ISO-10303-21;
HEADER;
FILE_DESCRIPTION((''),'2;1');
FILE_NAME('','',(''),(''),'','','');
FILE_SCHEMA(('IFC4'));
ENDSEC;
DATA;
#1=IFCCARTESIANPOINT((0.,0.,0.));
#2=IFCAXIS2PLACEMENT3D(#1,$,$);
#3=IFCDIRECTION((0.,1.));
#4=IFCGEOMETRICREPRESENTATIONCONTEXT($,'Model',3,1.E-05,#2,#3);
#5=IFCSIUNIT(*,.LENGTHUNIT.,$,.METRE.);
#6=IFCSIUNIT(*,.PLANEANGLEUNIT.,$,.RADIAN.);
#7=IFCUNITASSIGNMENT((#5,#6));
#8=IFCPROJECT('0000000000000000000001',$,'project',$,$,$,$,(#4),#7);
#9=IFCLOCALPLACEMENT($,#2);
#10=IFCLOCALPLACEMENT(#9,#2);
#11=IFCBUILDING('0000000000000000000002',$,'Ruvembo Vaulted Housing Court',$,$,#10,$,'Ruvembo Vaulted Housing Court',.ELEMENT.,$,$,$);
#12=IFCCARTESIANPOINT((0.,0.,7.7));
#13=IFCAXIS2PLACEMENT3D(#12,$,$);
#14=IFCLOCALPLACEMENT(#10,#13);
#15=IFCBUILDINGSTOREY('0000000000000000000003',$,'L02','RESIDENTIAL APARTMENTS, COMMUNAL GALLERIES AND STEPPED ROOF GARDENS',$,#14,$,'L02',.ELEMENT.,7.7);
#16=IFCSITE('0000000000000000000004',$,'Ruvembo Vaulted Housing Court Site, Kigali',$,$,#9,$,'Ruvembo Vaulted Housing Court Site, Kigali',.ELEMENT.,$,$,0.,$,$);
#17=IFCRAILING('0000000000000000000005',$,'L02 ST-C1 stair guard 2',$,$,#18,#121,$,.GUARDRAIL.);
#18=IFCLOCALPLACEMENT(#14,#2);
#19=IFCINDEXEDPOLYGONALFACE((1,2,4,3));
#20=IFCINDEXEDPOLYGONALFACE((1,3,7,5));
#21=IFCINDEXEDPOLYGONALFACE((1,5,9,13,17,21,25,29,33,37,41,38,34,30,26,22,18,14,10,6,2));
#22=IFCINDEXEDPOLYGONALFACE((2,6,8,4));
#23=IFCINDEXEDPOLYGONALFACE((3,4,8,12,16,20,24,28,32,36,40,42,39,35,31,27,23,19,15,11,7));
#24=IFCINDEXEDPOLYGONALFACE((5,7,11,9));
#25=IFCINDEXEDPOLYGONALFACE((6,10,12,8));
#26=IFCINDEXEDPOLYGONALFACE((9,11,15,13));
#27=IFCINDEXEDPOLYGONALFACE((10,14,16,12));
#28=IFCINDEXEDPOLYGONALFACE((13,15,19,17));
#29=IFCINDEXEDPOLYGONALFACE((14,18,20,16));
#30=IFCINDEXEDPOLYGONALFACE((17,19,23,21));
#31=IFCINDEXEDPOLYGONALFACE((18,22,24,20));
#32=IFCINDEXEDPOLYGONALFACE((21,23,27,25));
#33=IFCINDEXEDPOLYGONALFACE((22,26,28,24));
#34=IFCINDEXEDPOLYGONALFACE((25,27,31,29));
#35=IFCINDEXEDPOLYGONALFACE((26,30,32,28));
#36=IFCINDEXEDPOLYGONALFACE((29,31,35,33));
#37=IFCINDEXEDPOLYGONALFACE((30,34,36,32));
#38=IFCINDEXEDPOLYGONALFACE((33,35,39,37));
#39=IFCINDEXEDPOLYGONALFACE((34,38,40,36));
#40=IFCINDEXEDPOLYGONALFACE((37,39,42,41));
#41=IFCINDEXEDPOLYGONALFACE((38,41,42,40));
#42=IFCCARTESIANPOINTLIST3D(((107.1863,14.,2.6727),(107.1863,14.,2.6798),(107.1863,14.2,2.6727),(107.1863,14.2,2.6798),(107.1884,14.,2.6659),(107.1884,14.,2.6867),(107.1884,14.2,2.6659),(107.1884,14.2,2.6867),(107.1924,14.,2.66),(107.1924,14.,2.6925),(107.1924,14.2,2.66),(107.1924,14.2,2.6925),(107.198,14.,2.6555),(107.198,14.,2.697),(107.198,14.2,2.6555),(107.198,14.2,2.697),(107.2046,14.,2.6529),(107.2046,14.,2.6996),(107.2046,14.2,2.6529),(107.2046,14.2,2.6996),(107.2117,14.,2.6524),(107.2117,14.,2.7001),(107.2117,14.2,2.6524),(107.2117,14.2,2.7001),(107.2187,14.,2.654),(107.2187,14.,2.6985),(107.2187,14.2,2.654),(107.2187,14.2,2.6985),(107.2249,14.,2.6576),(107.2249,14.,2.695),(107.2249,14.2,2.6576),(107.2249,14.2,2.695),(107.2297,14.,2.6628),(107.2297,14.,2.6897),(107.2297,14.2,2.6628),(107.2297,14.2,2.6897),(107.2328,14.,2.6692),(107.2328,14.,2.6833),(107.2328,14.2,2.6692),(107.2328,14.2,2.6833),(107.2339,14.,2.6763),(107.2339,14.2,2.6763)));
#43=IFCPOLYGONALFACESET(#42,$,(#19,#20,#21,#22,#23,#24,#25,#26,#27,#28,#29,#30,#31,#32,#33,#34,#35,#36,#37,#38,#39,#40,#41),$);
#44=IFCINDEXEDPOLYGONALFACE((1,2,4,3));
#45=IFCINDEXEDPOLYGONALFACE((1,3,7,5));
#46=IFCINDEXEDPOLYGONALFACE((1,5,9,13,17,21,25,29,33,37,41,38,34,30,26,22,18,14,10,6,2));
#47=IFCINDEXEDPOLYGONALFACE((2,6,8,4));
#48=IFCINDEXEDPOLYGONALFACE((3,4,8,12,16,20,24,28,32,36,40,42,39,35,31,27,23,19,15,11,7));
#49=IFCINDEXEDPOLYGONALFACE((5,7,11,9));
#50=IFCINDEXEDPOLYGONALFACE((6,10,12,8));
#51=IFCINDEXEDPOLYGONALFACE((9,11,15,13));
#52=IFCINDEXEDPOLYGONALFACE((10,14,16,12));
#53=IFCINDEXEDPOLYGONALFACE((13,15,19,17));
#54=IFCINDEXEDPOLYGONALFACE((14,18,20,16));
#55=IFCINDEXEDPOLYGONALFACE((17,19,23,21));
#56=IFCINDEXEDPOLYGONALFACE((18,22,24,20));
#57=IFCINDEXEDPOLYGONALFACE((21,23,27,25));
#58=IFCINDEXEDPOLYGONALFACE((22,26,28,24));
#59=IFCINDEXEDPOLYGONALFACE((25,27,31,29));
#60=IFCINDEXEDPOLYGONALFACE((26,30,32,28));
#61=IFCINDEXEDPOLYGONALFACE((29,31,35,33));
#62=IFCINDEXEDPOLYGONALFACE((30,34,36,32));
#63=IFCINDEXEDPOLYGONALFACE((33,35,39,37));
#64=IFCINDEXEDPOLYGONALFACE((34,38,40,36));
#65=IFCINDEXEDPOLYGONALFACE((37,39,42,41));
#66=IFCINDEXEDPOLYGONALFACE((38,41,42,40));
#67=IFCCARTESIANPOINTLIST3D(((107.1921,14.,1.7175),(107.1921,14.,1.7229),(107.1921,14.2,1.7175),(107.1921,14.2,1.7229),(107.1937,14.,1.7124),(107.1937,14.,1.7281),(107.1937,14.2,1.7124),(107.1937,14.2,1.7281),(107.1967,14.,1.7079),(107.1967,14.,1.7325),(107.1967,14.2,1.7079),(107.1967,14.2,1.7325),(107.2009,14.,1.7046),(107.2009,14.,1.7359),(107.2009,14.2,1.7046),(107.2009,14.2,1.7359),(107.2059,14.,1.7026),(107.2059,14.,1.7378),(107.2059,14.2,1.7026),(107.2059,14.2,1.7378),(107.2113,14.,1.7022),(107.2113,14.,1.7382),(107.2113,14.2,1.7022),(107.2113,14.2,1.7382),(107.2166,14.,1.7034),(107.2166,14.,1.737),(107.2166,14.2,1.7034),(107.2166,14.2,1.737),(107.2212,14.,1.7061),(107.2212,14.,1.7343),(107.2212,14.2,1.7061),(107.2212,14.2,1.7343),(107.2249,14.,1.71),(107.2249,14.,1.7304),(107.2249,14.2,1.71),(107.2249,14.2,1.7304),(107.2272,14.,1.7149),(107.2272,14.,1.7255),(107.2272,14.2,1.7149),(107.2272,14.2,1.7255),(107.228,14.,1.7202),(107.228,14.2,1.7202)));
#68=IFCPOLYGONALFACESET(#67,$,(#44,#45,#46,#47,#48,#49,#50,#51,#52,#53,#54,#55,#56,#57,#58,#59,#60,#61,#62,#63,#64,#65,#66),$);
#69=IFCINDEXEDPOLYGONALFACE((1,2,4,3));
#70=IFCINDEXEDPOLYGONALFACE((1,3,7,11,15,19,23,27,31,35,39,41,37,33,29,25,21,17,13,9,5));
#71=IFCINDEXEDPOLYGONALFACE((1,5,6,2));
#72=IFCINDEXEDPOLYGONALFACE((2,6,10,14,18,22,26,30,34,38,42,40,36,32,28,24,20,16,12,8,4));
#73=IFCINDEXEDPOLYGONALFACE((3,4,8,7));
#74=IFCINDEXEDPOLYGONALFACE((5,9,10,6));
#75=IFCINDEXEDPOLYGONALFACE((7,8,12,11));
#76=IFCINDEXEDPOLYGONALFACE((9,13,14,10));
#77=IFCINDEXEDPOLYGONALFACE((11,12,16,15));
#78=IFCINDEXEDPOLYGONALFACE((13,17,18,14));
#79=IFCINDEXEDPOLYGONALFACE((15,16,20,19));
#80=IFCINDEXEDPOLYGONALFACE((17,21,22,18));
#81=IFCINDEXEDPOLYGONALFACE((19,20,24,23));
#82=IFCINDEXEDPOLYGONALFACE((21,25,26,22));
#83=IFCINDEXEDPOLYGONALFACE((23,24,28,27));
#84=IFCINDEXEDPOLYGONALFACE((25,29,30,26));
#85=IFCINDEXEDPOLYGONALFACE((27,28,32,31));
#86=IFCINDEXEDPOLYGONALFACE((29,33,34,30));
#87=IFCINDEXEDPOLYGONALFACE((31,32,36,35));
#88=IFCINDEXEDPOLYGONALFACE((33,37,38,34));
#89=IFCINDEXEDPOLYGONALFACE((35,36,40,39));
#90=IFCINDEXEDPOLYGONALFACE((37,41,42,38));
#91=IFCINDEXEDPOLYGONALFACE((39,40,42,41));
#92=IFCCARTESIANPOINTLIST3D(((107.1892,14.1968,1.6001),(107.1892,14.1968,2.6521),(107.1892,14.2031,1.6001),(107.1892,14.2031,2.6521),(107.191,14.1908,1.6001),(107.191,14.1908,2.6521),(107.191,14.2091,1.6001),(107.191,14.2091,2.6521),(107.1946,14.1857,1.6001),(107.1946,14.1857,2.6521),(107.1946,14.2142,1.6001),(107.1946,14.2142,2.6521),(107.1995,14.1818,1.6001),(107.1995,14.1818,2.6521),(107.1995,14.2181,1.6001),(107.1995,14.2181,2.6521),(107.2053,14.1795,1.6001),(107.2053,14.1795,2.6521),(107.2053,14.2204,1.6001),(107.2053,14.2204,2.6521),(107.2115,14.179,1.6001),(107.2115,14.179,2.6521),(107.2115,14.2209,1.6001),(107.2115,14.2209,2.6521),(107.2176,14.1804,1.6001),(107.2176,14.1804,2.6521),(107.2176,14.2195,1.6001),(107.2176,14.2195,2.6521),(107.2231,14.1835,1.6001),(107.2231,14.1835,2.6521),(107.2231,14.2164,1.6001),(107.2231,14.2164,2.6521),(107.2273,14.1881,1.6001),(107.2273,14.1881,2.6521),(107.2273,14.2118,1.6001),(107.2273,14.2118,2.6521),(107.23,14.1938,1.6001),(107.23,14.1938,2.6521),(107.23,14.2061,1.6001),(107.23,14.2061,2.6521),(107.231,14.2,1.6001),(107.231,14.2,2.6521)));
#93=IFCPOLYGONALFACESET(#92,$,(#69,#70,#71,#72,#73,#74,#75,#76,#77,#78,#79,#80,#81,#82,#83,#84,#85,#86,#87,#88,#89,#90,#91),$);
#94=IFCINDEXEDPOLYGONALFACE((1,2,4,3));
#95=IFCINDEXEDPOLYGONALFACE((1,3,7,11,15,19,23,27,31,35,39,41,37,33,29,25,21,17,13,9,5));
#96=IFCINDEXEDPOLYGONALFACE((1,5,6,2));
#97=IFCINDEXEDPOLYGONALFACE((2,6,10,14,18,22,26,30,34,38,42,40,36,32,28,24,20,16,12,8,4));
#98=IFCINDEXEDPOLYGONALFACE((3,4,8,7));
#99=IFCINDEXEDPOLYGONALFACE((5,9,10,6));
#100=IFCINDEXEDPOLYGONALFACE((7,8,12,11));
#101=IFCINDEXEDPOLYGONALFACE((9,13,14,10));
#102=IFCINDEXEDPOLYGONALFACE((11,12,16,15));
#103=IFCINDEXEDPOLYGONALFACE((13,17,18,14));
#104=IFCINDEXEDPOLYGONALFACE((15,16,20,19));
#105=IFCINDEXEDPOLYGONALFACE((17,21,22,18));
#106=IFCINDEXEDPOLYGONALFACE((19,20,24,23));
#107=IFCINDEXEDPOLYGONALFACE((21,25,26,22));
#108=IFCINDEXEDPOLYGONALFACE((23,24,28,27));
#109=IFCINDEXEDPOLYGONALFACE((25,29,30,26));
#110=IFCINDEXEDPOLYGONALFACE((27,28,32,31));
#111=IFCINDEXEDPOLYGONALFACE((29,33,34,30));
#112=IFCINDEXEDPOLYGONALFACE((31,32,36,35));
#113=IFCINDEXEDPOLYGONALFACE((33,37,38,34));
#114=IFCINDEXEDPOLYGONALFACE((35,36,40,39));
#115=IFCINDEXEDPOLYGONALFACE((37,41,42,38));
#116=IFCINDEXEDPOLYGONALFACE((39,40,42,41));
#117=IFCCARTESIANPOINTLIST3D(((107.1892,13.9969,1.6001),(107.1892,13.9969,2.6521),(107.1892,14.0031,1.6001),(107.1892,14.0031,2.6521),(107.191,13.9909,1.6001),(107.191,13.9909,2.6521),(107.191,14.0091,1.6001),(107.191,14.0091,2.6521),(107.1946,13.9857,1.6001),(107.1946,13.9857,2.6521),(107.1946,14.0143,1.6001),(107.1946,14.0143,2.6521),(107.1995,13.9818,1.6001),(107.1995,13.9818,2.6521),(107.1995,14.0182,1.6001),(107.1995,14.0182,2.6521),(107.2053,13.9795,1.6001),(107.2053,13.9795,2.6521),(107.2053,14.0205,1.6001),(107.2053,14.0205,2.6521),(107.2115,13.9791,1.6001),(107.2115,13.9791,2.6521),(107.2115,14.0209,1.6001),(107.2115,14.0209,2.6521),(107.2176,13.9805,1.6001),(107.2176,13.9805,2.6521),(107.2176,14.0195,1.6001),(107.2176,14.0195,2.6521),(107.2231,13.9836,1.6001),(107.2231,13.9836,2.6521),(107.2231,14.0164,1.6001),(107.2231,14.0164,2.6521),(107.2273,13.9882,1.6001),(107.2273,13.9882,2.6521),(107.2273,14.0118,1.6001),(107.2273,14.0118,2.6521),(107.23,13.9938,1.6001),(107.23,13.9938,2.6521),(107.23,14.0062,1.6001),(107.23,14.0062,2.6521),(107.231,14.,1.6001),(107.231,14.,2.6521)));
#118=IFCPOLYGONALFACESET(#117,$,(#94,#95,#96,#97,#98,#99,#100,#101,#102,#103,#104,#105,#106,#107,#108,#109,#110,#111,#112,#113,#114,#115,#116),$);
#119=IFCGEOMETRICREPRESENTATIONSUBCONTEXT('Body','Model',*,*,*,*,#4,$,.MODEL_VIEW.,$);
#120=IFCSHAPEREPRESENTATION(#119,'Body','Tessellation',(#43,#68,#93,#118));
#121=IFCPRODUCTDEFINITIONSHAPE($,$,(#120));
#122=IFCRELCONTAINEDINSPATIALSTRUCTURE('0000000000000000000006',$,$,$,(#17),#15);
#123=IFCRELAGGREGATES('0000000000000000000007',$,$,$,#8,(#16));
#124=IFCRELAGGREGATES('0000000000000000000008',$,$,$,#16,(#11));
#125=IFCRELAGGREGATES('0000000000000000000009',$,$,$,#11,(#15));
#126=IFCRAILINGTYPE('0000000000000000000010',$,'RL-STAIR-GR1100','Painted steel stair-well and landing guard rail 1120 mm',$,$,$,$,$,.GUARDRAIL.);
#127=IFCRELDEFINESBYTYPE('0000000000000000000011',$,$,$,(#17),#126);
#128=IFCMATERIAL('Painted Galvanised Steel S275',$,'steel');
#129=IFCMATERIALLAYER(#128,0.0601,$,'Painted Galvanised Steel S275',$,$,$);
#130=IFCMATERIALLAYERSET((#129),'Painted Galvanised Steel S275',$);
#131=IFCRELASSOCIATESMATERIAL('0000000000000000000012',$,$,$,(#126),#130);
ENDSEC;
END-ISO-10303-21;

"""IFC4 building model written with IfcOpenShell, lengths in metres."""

from ifc_helpers import new_model, si_unit, direction, frame, origin, origin_2d, place, context, subcontext, project, spatial, circle, extrude, material, layer, layer_set, type_object, element, save


model = new_model("IFC4")

# Units and contexts
model_context = context("Model", 3, precision=1e-05, world=origin(), true_north=direction((0.0, 1.0)))
body_context = subcontext(model_context, "Body", "Model", "MODEL_VIEW")
ifc_project = project(units=[si_unit("LENGTHUNIT", "METRE"), si_unit("PLANEANGLEUNIT", "RADIAN")], contexts=[model_context])

# Site, building, storey
site_placement = place(None, origin())
site = spatial("IfcSite", under=ifc_project, at=site_placement, Name="Ruvembo Vaulted Housing Court Site, Kigali", LongName="Ruvembo Vaulted Housing Court Site, Kigali", CompositionType="ELEMENT", RefElevation=0.0)
building_placement = place(site_placement, origin())
building = spatial("IfcBuilding", under=site, at=building_placement, Name="Ruvembo Vaulted Housing Court", LongName="Ruvembo Vaulted Housing Court", CompositionType="ELEMENT")
storey_placement = place(building_placement, frame((0.0, 0.0, 7.7)))
storey = spatial("IfcBuildingStorey", under=building, at=storey_placement, Name="L02", Description="RESIDENTIAL APARTMENTS, COMMUNAL GALLERIES AND STEPPED ROOF GARDENS", LongName="L02", CompositionType="ELEMENT", Elevation=7.7)

# Railing
ifc_material_1 = material(Name="Painted Galvanised Steel S275", Category="steel")
ifc_layer_1 = layer(ifc_material_1, 0.0601, Name="Painted Galvanised Steel S275")
ifc_layer_set_1 = layer_set([ifc_layer_1], Name="Painted Galvanised Steel S275")
railing_type_1 = type_object("IfcRailingType", Name="RL-STAIR-GR1100", Description="Painted steel stair-well and landing guard rail 1120 mm", PredefinedType="GUARDRAIL", material=ifc_layer_set_1)
railing_1_placement = place(storey_placement, frame((107.21, 14.2, 1.6001)))
element("IfcRailing", 1, at=railing_1_placement, inside=storey, type_object=railing_type_1, Name="L02 ST-C1 stair guard 2", PredefinedType="GUARDRAIL", context=body_context, shape_type="SweptSolid", body=[
    extrude(circle(Radius=0.0239, at=origin_2d()), frame((0.0, 0.0, 1.0762), z_axis=(0.0, -1.0, 0.0), x_axis=(1.0, 0.0, 0.0)), (0.0, 0.0, 1.0), 0.2),
    extrude(circle(Radius=0.0181, at=origin_2d()), frame((0.0, 0.0, 0.1201), z_axis=(0.0, -1.0, 0.0), x_axis=(1.0, 0.0, 0.0)), (0.0, 0.0, 1.0), 0.2),
    extrude(circle(Radius=0.021, at=origin_2d()), origin(), (0.0, 0.0, 1.0), 1.052),
    extrude(circle(Radius=0.021, at=origin_2d()), frame((0.0, -0.2, 0.0)), (0.0, 0.0, 1.0), 1.052),
])

save(model, "model.ifc")
